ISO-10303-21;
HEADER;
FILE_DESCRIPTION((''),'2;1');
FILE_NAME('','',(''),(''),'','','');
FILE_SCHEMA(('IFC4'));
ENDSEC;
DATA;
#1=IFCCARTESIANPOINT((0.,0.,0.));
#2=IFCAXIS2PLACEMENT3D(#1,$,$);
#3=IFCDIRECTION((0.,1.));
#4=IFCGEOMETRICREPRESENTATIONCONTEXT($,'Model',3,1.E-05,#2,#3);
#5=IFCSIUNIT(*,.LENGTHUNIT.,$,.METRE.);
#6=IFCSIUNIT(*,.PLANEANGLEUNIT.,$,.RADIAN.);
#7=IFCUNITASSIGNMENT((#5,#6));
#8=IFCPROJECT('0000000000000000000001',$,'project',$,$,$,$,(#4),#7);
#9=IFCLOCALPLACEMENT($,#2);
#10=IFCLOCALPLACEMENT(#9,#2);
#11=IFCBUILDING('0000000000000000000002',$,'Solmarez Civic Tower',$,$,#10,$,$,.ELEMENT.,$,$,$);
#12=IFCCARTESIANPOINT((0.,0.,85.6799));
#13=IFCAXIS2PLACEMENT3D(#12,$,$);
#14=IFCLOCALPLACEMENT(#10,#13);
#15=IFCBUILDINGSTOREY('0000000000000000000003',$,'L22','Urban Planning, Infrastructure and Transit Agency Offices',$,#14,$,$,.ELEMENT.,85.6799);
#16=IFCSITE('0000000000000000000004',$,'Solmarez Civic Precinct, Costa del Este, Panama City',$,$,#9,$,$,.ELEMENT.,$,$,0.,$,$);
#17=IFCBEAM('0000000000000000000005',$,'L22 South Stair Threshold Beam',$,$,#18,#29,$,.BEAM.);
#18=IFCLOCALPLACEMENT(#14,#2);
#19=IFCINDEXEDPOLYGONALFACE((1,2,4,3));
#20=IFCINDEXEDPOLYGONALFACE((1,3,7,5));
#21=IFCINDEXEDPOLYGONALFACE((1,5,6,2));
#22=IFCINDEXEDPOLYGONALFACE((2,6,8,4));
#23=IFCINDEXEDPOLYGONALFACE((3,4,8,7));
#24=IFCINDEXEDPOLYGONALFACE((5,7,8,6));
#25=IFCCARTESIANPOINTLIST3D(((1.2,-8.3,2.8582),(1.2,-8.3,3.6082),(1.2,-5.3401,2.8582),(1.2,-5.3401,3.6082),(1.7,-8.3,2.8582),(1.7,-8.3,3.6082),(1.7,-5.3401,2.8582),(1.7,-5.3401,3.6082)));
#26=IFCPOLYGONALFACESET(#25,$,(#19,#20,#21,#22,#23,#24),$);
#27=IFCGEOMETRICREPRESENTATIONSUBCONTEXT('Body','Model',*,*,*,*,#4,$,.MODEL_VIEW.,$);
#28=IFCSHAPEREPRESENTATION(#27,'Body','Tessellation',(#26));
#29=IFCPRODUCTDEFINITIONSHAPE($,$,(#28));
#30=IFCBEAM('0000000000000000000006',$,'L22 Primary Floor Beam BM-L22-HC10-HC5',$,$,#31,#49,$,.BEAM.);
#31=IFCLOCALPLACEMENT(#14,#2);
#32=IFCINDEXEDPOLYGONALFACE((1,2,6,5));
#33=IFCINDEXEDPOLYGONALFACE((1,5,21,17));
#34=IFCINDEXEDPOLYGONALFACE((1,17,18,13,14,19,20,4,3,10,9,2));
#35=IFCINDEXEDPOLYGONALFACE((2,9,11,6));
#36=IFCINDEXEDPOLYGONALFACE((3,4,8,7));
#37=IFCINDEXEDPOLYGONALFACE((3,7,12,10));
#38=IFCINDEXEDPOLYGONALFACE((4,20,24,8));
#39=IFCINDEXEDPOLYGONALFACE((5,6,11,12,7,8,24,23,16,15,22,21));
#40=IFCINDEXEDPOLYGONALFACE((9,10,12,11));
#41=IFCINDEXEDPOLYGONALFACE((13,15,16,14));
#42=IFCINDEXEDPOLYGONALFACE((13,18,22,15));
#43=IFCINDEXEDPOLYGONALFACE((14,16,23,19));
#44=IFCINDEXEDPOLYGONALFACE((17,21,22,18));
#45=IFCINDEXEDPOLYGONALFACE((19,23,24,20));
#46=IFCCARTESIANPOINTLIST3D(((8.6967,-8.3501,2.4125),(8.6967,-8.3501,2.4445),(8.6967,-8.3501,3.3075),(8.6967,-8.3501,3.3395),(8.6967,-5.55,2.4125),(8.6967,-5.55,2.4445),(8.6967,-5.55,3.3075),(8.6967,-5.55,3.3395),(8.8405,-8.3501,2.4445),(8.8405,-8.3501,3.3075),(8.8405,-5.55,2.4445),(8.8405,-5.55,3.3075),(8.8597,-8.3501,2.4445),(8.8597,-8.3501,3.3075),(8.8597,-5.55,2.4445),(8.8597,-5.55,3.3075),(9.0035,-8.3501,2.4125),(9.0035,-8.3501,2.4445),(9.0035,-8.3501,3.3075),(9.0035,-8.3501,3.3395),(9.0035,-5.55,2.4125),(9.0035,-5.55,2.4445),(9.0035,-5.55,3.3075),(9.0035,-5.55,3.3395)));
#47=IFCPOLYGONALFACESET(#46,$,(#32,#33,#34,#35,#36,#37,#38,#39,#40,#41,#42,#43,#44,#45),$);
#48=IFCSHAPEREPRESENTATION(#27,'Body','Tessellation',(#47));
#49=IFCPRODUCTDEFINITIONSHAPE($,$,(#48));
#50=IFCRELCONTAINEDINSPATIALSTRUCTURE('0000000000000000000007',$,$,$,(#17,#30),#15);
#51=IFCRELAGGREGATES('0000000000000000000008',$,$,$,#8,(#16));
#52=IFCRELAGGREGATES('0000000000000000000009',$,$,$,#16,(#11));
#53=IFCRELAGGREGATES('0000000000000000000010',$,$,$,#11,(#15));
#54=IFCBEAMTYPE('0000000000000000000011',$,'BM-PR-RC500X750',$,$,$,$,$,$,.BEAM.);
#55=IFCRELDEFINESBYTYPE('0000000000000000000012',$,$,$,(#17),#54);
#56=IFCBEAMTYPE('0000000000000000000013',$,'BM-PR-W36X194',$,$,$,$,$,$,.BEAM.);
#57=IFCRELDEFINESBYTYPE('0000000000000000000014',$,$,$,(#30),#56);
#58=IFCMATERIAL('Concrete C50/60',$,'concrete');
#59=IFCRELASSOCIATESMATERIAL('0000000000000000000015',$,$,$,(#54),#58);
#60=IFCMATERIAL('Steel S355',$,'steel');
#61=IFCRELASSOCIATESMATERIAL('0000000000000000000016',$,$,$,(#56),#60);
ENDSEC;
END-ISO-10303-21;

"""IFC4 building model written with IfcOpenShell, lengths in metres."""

from ifc_helpers import new_model, si_unit, direction, frame, origin, origin_2d, place, context, subcontext, project, spatial, rectangle, i_section, extrude, material, material_profile, profile_set, type_object, element, save


model = new_model("IFC4")

# Units and contexts
model_context = context("Model", 3, precision=1e-05, world=origin(), true_north=direction((0.0, 1.0)))
body_context = subcontext(model_context, "Body", "Model", "MODEL_VIEW")
ifc_project = project(units=[si_unit("LENGTHUNIT", "METRE"), si_unit("PLANEANGLEUNIT", "RADIAN")], contexts=[model_context])

# Site, building, storey
site_placement = place(None, origin())
site = spatial("IfcSite", under=ifc_project, at=site_placement, Name="Solmarez Civic Precinct, Costa del Este, Panama City", CompositionType="ELEMENT", RefElevation=0.0)
building_placement = place(site_placement, origin())
building = spatial("IfcBuilding", under=site, at=building_placement, Name="Solmarez Civic Tower", CompositionType="ELEMENT")
storey_placement = place(building_placement, frame((0.0, 0.0, 85.6799)))
storey = spatial("IfcBuildingStorey", under=building, at=storey_placement, Name="L22", Description="Urban Planning, Infrastructure and Transit Agency Offices", CompositionType="ELEMENT", Elevation=85.6799)

# Beams
ifc_material_1 = material(Name="Concrete C50/60", Category="concrete")
ifc_material_profile_1 = material_profile(ifc_material_1, rectangle(XDim=0.5, YDim=0.75, at=origin_2d()), Name="RC500X750")
ifc_profile_set_1 = profile_set([ifc_material_profile_1], Name="Concrete C50/60")
beam_type_1 = type_object("IfcBeamType", Name="BM-PR-RC500X750", PredefinedType="BEAM", material=ifc_profile_set_1)
beam_1_placement = place(storey_placement, frame((1.45, -8.3, 3.2332), z_axis=(0.0, 1.0, 0.0), x_axis=(-1.0, 0.0, 0.0)))
element("IfcBeam", 1, at=beam_1_placement, inside=storey, type_object=beam_type_1, Name="L22 South Stair Threshold Beam", PredefinedType="BEAM", context=body_context, shape_type="SweptSolid", body=[
    extrude(rectangle(XDim=0.5, YDim=0.75, at=origin_2d()), origin(), (0.0, 0.0, 1.0), 2.96),
])
ifc_material_2 = material(Name="Steel S355", Category="steel")
ifc_material_profile_2 = material_profile(ifc_material_2, i_section(OverallWidth=0.3069, OverallDepth=0.927, WebThickness=0.0193, FlangeThickness=0.032, at=origin_2d()), Name="W36X194")
ifc_profile_set_2 = profile_set([ifc_material_profile_2], Name="Steel S355")
beam_type_2 = type_object("IfcBeamType", Name="BM-PR-W36X194", PredefinedType="BEAM", material=ifc_profile_set_2)
beam_2_placement = place(storey_placement, frame((8.8501, -8.3501, 2.876), z_axis=(0.0, 1.0, 0.0), x_axis=(-1.0, 0.0, 0.0)))
element("IfcBeam", 2, at=beam_2_placement, inside=storey, type_object=beam_type_2, Name="L22 Primary Floor Beam BM-L22-HC10-HC5", PredefinedType="BEAM", context=body_context, shape_type="SweptSolid", body=[
    extrude(i_section(OverallWidth=0.3069, OverallDepth=0.927, WebThickness=0.0193, FlangeThickness=0.032, at=origin_2d()), origin(), (0.0, 0.0, 1.0), 2.8),
])

save(model, "model.ifc")
